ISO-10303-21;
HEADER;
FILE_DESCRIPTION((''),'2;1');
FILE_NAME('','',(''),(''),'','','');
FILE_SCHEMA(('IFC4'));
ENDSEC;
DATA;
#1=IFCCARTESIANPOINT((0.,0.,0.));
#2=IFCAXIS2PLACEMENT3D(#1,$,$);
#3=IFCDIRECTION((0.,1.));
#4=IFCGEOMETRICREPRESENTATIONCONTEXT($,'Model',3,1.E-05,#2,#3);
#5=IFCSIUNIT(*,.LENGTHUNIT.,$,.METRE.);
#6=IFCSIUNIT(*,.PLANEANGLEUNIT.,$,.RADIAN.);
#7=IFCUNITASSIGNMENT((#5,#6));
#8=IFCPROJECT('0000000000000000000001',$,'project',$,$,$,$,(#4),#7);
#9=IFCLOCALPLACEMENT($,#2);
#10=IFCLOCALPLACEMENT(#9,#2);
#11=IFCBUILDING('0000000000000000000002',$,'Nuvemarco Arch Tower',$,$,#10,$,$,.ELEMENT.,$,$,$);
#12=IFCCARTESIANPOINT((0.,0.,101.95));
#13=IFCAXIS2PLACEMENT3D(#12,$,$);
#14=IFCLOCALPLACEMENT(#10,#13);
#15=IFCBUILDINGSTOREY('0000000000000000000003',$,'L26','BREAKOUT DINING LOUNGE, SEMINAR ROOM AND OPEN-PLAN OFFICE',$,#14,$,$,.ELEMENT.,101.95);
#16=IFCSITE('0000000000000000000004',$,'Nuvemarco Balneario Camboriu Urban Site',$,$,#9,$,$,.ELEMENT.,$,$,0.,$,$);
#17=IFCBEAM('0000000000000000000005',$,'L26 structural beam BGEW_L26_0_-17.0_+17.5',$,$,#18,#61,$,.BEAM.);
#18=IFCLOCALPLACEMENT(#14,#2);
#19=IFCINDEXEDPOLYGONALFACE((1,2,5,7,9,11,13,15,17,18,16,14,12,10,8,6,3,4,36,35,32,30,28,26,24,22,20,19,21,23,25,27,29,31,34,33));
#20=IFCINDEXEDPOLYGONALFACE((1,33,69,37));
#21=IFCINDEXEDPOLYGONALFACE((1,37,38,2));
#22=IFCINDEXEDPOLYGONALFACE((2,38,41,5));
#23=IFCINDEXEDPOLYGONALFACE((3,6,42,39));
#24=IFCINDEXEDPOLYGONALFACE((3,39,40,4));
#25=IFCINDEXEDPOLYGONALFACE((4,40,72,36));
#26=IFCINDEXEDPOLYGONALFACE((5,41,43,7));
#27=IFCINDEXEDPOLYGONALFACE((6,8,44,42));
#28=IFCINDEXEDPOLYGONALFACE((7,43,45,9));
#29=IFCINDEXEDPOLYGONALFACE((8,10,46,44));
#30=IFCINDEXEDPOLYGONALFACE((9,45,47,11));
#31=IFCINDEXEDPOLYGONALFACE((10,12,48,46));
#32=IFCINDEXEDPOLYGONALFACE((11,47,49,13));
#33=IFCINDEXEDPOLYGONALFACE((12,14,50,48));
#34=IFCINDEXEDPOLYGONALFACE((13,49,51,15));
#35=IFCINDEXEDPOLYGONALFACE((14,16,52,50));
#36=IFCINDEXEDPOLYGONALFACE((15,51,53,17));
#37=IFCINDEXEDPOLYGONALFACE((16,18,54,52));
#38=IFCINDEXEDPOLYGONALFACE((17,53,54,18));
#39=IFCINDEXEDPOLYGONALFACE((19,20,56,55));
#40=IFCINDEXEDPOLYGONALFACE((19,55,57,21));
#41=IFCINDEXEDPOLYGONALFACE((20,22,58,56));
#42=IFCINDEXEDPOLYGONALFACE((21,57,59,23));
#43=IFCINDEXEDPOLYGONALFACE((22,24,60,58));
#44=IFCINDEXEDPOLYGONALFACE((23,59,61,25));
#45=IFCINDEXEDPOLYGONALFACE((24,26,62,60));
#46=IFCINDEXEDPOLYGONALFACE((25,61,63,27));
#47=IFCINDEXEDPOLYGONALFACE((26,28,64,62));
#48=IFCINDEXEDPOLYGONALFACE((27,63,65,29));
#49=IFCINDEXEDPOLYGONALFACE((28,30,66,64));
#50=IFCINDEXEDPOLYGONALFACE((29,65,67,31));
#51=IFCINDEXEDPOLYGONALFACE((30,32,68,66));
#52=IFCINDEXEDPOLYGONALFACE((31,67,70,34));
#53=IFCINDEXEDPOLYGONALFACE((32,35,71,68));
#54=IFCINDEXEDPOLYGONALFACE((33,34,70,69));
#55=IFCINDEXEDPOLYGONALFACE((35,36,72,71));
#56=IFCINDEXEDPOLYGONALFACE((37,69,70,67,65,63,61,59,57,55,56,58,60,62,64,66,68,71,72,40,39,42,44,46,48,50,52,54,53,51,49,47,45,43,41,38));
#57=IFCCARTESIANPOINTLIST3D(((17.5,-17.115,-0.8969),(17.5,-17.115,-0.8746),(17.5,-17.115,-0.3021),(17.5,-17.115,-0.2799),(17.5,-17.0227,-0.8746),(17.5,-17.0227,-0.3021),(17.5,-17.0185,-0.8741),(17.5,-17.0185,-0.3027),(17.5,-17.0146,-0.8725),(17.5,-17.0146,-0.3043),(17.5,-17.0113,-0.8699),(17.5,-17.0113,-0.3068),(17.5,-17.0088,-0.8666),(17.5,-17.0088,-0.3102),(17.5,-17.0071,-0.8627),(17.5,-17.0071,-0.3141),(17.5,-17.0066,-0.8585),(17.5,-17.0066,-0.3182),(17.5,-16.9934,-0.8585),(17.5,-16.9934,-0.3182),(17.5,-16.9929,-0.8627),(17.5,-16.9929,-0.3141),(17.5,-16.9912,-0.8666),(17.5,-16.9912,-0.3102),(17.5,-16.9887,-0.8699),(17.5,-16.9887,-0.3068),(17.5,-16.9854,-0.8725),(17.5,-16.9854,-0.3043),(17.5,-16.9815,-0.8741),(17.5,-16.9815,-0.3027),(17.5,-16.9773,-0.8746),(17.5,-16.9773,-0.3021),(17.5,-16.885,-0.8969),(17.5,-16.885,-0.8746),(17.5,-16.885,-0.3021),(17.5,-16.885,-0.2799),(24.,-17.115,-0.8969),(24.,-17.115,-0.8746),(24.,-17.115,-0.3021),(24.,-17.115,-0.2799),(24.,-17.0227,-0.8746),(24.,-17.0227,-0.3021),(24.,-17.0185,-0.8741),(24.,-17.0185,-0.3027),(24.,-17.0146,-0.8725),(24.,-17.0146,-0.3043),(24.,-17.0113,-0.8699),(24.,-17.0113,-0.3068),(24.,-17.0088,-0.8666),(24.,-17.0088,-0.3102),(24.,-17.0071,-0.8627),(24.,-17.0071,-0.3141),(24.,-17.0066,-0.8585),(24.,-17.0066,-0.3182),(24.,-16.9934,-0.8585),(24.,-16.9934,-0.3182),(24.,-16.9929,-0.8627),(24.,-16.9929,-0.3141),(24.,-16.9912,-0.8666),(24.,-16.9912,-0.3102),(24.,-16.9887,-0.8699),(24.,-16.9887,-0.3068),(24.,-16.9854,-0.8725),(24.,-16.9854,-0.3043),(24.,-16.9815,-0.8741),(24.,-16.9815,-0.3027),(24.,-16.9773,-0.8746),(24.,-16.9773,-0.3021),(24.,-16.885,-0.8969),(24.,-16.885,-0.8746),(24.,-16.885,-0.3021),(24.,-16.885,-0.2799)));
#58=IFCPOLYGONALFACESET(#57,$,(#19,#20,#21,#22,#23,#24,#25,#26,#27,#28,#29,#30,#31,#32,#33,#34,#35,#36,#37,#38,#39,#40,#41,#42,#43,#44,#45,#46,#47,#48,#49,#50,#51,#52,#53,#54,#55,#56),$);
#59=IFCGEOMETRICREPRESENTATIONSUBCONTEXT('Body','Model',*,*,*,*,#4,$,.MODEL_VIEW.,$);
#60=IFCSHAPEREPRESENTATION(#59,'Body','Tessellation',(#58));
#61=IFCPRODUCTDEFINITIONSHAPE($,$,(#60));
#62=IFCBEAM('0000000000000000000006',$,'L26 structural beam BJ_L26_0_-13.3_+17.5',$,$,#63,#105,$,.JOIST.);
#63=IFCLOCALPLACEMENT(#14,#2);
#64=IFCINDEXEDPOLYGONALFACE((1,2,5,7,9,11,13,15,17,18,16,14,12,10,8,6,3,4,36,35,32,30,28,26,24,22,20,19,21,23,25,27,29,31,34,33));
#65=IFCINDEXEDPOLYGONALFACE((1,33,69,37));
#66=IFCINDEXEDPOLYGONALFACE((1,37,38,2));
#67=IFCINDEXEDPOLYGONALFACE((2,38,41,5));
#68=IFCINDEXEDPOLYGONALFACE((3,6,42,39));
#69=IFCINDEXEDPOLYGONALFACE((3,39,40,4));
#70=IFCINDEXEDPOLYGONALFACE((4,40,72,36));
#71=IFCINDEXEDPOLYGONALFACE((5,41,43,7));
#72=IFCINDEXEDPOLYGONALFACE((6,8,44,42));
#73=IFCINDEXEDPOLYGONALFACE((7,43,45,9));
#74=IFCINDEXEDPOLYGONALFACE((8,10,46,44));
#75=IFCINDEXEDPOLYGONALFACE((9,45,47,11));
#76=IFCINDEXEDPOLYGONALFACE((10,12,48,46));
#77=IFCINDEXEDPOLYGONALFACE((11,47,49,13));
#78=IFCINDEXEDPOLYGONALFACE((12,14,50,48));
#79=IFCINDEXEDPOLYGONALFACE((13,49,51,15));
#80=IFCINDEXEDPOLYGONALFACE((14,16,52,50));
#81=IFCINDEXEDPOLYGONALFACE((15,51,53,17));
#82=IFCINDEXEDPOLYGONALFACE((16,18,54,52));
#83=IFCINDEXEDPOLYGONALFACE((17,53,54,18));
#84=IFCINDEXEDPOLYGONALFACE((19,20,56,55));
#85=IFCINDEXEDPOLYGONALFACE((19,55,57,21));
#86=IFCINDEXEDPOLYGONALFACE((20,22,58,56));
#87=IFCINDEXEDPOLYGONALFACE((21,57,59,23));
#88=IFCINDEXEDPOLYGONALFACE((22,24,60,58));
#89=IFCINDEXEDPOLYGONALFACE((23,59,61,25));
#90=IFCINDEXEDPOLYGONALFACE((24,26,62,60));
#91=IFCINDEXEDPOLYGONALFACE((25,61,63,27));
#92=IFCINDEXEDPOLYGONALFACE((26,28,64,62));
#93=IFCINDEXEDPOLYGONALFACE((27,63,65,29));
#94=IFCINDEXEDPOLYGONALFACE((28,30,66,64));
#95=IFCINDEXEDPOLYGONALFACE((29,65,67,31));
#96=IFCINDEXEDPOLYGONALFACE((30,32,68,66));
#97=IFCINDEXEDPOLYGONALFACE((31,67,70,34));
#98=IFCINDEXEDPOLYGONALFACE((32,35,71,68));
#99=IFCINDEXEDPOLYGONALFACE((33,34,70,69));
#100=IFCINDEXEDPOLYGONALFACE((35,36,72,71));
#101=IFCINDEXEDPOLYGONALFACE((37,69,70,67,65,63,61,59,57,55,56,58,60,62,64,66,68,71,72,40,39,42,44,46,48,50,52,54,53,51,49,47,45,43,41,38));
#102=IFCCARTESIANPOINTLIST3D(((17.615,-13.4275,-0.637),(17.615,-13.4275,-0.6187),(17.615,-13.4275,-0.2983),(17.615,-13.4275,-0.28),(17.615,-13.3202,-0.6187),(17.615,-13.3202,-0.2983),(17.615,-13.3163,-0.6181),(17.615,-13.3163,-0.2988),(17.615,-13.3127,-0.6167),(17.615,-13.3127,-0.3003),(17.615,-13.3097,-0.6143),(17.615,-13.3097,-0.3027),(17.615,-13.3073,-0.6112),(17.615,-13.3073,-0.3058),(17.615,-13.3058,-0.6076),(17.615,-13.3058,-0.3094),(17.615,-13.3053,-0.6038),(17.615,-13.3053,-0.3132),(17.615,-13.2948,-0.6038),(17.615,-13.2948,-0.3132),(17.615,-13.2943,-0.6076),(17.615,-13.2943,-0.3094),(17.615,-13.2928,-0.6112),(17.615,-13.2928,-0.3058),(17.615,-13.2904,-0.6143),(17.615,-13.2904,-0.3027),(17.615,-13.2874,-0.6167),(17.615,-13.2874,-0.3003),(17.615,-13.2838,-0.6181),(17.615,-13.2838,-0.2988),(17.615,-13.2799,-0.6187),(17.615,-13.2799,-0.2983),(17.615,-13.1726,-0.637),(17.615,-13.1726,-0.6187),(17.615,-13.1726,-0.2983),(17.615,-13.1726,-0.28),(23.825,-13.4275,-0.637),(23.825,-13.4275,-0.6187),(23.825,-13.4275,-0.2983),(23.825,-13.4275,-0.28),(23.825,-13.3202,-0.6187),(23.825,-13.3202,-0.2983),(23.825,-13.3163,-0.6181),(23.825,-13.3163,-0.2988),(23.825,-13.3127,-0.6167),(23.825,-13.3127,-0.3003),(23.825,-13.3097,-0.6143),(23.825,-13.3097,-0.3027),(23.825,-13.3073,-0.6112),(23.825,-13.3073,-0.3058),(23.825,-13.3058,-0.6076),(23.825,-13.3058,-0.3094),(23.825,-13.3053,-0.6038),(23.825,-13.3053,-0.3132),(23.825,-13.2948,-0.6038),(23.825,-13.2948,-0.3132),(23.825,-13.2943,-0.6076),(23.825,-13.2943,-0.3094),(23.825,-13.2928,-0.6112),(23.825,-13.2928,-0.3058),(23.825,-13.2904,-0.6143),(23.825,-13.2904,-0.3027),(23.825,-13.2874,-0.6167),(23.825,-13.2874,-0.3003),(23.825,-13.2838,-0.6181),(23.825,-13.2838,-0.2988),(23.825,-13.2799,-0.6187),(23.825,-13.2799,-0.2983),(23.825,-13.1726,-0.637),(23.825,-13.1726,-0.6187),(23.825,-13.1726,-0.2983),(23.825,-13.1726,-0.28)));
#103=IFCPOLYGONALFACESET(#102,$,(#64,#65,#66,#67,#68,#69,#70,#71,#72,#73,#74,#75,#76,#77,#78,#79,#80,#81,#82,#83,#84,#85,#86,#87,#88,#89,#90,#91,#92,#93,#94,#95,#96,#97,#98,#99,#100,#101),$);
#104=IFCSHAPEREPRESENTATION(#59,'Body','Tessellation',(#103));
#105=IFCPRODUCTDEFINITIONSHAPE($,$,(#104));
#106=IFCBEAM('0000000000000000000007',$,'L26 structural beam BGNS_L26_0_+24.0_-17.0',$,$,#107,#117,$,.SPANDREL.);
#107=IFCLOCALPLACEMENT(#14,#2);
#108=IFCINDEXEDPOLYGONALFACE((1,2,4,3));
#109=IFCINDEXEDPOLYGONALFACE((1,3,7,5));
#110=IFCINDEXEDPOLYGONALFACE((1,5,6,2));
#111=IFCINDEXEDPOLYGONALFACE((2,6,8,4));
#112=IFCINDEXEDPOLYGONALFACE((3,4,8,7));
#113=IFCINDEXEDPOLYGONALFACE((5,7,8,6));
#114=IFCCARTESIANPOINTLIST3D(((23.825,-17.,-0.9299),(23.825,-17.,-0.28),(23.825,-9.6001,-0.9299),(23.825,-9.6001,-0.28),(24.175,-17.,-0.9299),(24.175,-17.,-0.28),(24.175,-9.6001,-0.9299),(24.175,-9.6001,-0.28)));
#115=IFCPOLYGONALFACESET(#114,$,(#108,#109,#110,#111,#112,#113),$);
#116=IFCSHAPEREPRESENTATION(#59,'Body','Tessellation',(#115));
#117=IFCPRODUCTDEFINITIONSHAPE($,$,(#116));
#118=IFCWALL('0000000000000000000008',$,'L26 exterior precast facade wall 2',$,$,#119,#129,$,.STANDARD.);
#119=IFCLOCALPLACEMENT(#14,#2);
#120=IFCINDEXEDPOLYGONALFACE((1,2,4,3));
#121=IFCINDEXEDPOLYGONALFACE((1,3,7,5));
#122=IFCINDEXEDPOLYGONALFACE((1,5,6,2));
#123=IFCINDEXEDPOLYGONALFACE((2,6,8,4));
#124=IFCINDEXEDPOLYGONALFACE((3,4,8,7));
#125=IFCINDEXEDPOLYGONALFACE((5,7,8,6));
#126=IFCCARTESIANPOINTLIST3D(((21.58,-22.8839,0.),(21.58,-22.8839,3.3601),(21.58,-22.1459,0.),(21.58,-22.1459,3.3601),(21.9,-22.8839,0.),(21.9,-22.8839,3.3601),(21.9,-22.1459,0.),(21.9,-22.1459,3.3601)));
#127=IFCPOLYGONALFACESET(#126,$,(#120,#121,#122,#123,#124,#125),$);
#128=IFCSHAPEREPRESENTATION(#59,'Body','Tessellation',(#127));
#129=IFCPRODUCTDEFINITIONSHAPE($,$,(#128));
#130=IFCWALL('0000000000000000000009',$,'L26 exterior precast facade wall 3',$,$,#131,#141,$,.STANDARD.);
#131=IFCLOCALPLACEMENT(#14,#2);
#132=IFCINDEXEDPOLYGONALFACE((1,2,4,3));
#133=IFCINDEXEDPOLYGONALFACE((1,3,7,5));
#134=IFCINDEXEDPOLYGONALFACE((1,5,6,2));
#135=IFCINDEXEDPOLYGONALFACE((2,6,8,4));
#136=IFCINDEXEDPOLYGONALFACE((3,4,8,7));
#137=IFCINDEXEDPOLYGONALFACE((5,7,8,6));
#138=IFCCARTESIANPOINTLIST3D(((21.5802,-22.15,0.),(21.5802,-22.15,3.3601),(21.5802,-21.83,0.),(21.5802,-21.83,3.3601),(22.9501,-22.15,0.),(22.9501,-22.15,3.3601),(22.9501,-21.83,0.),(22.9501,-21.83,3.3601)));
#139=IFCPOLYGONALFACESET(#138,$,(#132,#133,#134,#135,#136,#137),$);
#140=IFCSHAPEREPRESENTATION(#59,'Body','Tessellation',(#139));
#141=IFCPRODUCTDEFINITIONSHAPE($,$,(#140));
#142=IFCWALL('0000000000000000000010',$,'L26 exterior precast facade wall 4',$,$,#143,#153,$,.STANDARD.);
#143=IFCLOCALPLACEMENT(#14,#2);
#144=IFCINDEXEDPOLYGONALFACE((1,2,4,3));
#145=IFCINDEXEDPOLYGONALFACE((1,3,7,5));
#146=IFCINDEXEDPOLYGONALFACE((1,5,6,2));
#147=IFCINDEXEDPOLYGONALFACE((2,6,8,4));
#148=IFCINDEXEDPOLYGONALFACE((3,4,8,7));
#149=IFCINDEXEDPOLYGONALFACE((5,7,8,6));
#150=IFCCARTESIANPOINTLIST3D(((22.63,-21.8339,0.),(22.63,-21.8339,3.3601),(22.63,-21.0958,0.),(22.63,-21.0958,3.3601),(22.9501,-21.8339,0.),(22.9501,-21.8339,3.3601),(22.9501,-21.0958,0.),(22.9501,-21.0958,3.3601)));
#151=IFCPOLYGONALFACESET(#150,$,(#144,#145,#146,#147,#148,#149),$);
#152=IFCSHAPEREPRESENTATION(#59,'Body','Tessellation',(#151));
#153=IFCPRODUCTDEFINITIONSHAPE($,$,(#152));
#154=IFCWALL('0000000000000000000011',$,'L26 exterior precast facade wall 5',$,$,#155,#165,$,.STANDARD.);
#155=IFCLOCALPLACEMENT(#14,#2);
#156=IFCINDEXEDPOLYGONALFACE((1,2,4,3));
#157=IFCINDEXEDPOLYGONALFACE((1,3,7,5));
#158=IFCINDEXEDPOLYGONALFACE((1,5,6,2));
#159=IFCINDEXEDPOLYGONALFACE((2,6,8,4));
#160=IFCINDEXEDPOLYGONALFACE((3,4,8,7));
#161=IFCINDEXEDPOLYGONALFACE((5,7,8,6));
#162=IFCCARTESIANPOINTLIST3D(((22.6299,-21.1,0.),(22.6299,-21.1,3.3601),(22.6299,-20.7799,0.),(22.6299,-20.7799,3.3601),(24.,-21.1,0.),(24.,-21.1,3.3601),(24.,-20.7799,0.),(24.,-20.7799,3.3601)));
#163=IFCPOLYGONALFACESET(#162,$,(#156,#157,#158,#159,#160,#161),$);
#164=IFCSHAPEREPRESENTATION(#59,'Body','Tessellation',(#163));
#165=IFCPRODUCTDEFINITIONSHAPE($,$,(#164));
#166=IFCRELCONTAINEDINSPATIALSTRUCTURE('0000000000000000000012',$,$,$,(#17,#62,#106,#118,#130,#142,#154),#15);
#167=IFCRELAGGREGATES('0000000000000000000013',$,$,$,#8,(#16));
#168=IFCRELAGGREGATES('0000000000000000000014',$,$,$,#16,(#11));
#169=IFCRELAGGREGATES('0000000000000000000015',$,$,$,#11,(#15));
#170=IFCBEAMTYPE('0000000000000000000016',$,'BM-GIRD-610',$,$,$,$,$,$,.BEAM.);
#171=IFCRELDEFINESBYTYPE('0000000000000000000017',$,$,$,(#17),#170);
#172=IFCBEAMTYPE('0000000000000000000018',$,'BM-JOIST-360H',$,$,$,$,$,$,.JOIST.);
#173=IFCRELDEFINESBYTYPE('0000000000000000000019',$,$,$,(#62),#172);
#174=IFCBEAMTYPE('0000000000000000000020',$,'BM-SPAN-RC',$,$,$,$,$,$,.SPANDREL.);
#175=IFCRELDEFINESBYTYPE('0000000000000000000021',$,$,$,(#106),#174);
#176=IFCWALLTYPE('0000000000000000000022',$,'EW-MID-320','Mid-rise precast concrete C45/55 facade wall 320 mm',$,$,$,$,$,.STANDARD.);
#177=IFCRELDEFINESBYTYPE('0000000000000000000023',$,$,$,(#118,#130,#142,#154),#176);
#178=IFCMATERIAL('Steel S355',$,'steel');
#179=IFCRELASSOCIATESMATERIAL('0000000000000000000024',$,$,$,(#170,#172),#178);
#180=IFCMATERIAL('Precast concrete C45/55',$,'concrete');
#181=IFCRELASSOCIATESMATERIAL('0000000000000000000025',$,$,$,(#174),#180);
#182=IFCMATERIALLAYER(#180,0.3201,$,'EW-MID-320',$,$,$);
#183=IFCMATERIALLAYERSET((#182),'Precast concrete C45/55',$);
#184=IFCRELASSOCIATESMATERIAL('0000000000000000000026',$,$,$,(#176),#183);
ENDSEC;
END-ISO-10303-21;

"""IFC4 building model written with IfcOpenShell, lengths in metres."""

from ifc_helpers import new_model, si_unit, direction, frame, frame_2d, origin, origin_2d, place, context, subcontext, project, spatial, rectangle, i_section, extrude, material, layer, layer_set, material_profile, profile_set, type_object, element, save


model = new_model("IFC4")

# Units and contexts
model_context = context("Model", 3, precision=1e-05, world=origin(), true_north=direction((0.0, 1.0)))
body_context = subcontext(model_context, "Body", "Model", "MODEL_VIEW")
ifc_project = project(units=[si_unit("LENGTHUNIT", "METRE"), si_unit("PLANEANGLEUNIT", "RADIAN")], contexts=[model_context])

# Site, building, storey
site_placement = place(None, origin())
site = spatial("IfcSite", under=ifc_project, at=site_placement, Name="Nuvemarco Balneario Camboriu Urban Site", CompositionType="ELEMENT", RefElevation=0.0)
building_placement = place(site_placement, origin())
building = spatial("IfcBuilding", under=site, at=building_placement, Name="Nuvemarco Arch Tower", CompositionType="ELEMENT")
storey_placement = place(building_placement, frame((0.0, 0.0, 101.95)))
storey = spatial("IfcBuildingStorey", under=building, at=storey_placement, Name="L26", Description="BREAKOUT DINING LOUNGE, SEMINAR ROOM AND OPEN-PLAN OFFICE", CompositionType="ELEMENT", Elevation=101.95)

# Shared definitions
ifc_material_1 = material(Name="Steel S355", Category="steel")

# Beams
ifc_material_profile_1 = material_profile(ifc_material_1, i_section(OverallWidth=0.23, OverallDepth=0.6169, WebThickness=0.0132, FlangeThickness=0.0222, FilletRadius=0.0161, at=origin_2d()), Name="W610x140")
ifc_profile_set_1 = profile_set([ifc_material_profile_1], Name="Steel S355")
beam_type_1 = type_object("IfcBeamType", Name="BM-GIRD-610", PredefinedType="BEAM", material=ifc_profile_set_1)
beam_1_placement = place(storey_placement, frame((17.5, -17.0, -0.5884), z_axis=(1.0, 0.0, 0.0), x_axis=(0.0, 1.0, 0.0)))
element("IfcBeam", 1, at=beam_1_placement, inside=storey, type_object=beam_type_1, Name="L26 structural beam BGEW_L26_0_-17.0_+17.5", PredefinedType="BEAM", context=body_context, shape_type="SweptSolid", body=[
    extrude(i_section(OverallWidth=0.23, OverallDepth=0.6169, WebThickness=0.0132, FlangeThickness=0.0222, FilletRadius=0.0161, at=origin_2d()), origin(), (0.0, 0.0, 1.0), 6.5),
])
ifc_material_profile_2 = material_profile(ifc_material_1, i_section(OverallWidth=0.2549, OverallDepth=0.3569, WebThickness=0.0105, FlangeThickness=0.0183, FilletRadius=0.0149, at=origin_2d()), Name="W360x101")
ifc_profile_set_2 = profile_set([ifc_material_profile_2], Name="Steel S355")
beam_type_2 = type_object("IfcBeamType", Name="BM-JOIST-360H", PredefinedType="JOIST", material=ifc_profile_set_2)
beam_2_placement = place(storey_placement, frame((17.615, -13.3, -0.4585), z_axis=(1.0, 0.0, 0.0), x_axis=(0.0, 1.0, 0.0)))
element("IfcBeam", 2, at=beam_2_placement, inside=storey, type_object=beam_type_2, Name="L26 structural beam BJ_L26_0_-13.3_+17.5", PredefinedType="JOIST", context=body_context, shape_type="SweptSolid", body=[
    extrude(i_section(OverallWidth=0.2549, OverallDepth=0.3569, WebThickness=0.0105, FlangeThickness=0.0183, FilletRadius=0.0149, at=origin_2d()), origin(), (0.0, 0.0, 1.0), 6.21),
])
ifc_material_2 = material(Name="Precast concrete C45/55", Category="concrete")
ifc_material_profile_3 = material_profile(ifc_material_2, rectangle(XDim=0.3501, YDim=0.6499, at=origin_2d()), Name="PC-SP-350x650")
ifc_profile_set_3 = profile_set([ifc_material_profile_3], Name="Precast concrete C45/55")
beam_type_3 = type_object("IfcBeamType", Name="BM-SPAN-RC", PredefinedType="SPANDREL", material=ifc_profile_set_3)
beam_3_placement = place(storey_placement, frame((24.0, -17.0, -0.605), z_axis=(0.0, 1.0, 0.0), x_axis=(-1.0, 0.0, 0.0)))
element("IfcBeam", 3, at=beam_3_placement, inside=storey, type_object=beam_type_3, Name="L26 structural beam BGNS_L26_0_+24.0_-17.0", PredefinedType="SPANDREL", context=body_context, shape_type="SweptSolid", body=[
    extrude(rectangle(XDim=0.3501, YDim=0.6499, at=origin_2d()), origin(), (0.0, 0.0, 1.0), 7.3999),
])

# Walls
ifc_layer_1 = layer(ifc_material_2, 0.3201, Name="EW-MID-320")
ifc_layer_set_1 = layer_set([ifc_layer_1], Name="Precast concrete C45/55")
wall_type_1 = type_object("IfcWallType", Name="EW-MID-320", Description="Mid-rise precast concrete C45/55 facade wall 320 mm", PredefinedType="STANDARD", material=ifc_layer_set_1)
wall_1_placement = place(storey_placement, frame((21.74, -22.884, 0.0), z_axis=(0.0, 0.0, 1.0), x_axis=(0.0, 1.0, 0.0)))
element("IfcWall", 4, at=wall_1_placement, inside=storey, type_object=wall_type_1, Name="L26 exterior precast facade wall 2", PredefinedType="STANDARD", context=body_context, shape_type="SweptSolid", body=[
    extrude(rectangle(XDim=0.738, YDim=0.3201, at=frame_2d((0.3691, 0.0))), origin(), (0.0, 0.0, 1.0), 3.3601),
])
wall_2_placement = place(storey_placement, frame((21.5801, -21.99, 0.0), z_axis=(0.0, 0.0, 1.0), x_axis=(1.0, 0.0, 0.0)))
element("IfcWall", 5, at=wall_2_placement, inside=storey, type_object=wall_type_1, Name="L26 exterior precast facade wall 3", PredefinedType="STANDARD", context=body_context, shape_type="SweptSolid", body=[
    extrude(rectangle(XDim=1.3699, YDim=0.3201, at=frame_2d((0.6851, 0.0))), origin(), (0.0, 0.0, 1.0), 3.3601),
])
wall_3_placement = place(storey_placement, frame((22.79, -21.834, 0.0), z_axis=(0.0, 0.0, 1.0), x_axis=(0.0, 1.0, 0.0)))
element("IfcWall", 6, at=wall_3_placement, inside=storey, type_object=wall_type_1, Name="L26 exterior precast facade wall 4", PredefinedType="STANDARD", context=body_context, shape_type="SweptSolid", body=[
    extrude(rectangle(XDim=0.738, YDim=0.3201, at=frame_2d((0.3691, 0.0))), origin(), (0.0, 0.0, 1.0), 3.3601),
])
wall_4_placement = place(storey_placement, frame((22.6299, -20.9399, 0.0), z_axis=(0.0, 0.0, 1.0), x_axis=(1.0, 0.0, 0.0)))
element("IfcWall", 7, at=wall_4_placement, inside=storey, type_object=wall_type_1, Name="L26 exterior precast facade wall 5", PredefinedType="STANDARD", context=body_context, shape_type="SweptSolid", body=[
    extrude(rectangle(XDim=1.3701, YDim=0.3201, at=frame_2d((0.6851, 0.0))), origin(), (0.0, 0.0, 1.0), 3.3601),
])

save(model, "model.ifc")
